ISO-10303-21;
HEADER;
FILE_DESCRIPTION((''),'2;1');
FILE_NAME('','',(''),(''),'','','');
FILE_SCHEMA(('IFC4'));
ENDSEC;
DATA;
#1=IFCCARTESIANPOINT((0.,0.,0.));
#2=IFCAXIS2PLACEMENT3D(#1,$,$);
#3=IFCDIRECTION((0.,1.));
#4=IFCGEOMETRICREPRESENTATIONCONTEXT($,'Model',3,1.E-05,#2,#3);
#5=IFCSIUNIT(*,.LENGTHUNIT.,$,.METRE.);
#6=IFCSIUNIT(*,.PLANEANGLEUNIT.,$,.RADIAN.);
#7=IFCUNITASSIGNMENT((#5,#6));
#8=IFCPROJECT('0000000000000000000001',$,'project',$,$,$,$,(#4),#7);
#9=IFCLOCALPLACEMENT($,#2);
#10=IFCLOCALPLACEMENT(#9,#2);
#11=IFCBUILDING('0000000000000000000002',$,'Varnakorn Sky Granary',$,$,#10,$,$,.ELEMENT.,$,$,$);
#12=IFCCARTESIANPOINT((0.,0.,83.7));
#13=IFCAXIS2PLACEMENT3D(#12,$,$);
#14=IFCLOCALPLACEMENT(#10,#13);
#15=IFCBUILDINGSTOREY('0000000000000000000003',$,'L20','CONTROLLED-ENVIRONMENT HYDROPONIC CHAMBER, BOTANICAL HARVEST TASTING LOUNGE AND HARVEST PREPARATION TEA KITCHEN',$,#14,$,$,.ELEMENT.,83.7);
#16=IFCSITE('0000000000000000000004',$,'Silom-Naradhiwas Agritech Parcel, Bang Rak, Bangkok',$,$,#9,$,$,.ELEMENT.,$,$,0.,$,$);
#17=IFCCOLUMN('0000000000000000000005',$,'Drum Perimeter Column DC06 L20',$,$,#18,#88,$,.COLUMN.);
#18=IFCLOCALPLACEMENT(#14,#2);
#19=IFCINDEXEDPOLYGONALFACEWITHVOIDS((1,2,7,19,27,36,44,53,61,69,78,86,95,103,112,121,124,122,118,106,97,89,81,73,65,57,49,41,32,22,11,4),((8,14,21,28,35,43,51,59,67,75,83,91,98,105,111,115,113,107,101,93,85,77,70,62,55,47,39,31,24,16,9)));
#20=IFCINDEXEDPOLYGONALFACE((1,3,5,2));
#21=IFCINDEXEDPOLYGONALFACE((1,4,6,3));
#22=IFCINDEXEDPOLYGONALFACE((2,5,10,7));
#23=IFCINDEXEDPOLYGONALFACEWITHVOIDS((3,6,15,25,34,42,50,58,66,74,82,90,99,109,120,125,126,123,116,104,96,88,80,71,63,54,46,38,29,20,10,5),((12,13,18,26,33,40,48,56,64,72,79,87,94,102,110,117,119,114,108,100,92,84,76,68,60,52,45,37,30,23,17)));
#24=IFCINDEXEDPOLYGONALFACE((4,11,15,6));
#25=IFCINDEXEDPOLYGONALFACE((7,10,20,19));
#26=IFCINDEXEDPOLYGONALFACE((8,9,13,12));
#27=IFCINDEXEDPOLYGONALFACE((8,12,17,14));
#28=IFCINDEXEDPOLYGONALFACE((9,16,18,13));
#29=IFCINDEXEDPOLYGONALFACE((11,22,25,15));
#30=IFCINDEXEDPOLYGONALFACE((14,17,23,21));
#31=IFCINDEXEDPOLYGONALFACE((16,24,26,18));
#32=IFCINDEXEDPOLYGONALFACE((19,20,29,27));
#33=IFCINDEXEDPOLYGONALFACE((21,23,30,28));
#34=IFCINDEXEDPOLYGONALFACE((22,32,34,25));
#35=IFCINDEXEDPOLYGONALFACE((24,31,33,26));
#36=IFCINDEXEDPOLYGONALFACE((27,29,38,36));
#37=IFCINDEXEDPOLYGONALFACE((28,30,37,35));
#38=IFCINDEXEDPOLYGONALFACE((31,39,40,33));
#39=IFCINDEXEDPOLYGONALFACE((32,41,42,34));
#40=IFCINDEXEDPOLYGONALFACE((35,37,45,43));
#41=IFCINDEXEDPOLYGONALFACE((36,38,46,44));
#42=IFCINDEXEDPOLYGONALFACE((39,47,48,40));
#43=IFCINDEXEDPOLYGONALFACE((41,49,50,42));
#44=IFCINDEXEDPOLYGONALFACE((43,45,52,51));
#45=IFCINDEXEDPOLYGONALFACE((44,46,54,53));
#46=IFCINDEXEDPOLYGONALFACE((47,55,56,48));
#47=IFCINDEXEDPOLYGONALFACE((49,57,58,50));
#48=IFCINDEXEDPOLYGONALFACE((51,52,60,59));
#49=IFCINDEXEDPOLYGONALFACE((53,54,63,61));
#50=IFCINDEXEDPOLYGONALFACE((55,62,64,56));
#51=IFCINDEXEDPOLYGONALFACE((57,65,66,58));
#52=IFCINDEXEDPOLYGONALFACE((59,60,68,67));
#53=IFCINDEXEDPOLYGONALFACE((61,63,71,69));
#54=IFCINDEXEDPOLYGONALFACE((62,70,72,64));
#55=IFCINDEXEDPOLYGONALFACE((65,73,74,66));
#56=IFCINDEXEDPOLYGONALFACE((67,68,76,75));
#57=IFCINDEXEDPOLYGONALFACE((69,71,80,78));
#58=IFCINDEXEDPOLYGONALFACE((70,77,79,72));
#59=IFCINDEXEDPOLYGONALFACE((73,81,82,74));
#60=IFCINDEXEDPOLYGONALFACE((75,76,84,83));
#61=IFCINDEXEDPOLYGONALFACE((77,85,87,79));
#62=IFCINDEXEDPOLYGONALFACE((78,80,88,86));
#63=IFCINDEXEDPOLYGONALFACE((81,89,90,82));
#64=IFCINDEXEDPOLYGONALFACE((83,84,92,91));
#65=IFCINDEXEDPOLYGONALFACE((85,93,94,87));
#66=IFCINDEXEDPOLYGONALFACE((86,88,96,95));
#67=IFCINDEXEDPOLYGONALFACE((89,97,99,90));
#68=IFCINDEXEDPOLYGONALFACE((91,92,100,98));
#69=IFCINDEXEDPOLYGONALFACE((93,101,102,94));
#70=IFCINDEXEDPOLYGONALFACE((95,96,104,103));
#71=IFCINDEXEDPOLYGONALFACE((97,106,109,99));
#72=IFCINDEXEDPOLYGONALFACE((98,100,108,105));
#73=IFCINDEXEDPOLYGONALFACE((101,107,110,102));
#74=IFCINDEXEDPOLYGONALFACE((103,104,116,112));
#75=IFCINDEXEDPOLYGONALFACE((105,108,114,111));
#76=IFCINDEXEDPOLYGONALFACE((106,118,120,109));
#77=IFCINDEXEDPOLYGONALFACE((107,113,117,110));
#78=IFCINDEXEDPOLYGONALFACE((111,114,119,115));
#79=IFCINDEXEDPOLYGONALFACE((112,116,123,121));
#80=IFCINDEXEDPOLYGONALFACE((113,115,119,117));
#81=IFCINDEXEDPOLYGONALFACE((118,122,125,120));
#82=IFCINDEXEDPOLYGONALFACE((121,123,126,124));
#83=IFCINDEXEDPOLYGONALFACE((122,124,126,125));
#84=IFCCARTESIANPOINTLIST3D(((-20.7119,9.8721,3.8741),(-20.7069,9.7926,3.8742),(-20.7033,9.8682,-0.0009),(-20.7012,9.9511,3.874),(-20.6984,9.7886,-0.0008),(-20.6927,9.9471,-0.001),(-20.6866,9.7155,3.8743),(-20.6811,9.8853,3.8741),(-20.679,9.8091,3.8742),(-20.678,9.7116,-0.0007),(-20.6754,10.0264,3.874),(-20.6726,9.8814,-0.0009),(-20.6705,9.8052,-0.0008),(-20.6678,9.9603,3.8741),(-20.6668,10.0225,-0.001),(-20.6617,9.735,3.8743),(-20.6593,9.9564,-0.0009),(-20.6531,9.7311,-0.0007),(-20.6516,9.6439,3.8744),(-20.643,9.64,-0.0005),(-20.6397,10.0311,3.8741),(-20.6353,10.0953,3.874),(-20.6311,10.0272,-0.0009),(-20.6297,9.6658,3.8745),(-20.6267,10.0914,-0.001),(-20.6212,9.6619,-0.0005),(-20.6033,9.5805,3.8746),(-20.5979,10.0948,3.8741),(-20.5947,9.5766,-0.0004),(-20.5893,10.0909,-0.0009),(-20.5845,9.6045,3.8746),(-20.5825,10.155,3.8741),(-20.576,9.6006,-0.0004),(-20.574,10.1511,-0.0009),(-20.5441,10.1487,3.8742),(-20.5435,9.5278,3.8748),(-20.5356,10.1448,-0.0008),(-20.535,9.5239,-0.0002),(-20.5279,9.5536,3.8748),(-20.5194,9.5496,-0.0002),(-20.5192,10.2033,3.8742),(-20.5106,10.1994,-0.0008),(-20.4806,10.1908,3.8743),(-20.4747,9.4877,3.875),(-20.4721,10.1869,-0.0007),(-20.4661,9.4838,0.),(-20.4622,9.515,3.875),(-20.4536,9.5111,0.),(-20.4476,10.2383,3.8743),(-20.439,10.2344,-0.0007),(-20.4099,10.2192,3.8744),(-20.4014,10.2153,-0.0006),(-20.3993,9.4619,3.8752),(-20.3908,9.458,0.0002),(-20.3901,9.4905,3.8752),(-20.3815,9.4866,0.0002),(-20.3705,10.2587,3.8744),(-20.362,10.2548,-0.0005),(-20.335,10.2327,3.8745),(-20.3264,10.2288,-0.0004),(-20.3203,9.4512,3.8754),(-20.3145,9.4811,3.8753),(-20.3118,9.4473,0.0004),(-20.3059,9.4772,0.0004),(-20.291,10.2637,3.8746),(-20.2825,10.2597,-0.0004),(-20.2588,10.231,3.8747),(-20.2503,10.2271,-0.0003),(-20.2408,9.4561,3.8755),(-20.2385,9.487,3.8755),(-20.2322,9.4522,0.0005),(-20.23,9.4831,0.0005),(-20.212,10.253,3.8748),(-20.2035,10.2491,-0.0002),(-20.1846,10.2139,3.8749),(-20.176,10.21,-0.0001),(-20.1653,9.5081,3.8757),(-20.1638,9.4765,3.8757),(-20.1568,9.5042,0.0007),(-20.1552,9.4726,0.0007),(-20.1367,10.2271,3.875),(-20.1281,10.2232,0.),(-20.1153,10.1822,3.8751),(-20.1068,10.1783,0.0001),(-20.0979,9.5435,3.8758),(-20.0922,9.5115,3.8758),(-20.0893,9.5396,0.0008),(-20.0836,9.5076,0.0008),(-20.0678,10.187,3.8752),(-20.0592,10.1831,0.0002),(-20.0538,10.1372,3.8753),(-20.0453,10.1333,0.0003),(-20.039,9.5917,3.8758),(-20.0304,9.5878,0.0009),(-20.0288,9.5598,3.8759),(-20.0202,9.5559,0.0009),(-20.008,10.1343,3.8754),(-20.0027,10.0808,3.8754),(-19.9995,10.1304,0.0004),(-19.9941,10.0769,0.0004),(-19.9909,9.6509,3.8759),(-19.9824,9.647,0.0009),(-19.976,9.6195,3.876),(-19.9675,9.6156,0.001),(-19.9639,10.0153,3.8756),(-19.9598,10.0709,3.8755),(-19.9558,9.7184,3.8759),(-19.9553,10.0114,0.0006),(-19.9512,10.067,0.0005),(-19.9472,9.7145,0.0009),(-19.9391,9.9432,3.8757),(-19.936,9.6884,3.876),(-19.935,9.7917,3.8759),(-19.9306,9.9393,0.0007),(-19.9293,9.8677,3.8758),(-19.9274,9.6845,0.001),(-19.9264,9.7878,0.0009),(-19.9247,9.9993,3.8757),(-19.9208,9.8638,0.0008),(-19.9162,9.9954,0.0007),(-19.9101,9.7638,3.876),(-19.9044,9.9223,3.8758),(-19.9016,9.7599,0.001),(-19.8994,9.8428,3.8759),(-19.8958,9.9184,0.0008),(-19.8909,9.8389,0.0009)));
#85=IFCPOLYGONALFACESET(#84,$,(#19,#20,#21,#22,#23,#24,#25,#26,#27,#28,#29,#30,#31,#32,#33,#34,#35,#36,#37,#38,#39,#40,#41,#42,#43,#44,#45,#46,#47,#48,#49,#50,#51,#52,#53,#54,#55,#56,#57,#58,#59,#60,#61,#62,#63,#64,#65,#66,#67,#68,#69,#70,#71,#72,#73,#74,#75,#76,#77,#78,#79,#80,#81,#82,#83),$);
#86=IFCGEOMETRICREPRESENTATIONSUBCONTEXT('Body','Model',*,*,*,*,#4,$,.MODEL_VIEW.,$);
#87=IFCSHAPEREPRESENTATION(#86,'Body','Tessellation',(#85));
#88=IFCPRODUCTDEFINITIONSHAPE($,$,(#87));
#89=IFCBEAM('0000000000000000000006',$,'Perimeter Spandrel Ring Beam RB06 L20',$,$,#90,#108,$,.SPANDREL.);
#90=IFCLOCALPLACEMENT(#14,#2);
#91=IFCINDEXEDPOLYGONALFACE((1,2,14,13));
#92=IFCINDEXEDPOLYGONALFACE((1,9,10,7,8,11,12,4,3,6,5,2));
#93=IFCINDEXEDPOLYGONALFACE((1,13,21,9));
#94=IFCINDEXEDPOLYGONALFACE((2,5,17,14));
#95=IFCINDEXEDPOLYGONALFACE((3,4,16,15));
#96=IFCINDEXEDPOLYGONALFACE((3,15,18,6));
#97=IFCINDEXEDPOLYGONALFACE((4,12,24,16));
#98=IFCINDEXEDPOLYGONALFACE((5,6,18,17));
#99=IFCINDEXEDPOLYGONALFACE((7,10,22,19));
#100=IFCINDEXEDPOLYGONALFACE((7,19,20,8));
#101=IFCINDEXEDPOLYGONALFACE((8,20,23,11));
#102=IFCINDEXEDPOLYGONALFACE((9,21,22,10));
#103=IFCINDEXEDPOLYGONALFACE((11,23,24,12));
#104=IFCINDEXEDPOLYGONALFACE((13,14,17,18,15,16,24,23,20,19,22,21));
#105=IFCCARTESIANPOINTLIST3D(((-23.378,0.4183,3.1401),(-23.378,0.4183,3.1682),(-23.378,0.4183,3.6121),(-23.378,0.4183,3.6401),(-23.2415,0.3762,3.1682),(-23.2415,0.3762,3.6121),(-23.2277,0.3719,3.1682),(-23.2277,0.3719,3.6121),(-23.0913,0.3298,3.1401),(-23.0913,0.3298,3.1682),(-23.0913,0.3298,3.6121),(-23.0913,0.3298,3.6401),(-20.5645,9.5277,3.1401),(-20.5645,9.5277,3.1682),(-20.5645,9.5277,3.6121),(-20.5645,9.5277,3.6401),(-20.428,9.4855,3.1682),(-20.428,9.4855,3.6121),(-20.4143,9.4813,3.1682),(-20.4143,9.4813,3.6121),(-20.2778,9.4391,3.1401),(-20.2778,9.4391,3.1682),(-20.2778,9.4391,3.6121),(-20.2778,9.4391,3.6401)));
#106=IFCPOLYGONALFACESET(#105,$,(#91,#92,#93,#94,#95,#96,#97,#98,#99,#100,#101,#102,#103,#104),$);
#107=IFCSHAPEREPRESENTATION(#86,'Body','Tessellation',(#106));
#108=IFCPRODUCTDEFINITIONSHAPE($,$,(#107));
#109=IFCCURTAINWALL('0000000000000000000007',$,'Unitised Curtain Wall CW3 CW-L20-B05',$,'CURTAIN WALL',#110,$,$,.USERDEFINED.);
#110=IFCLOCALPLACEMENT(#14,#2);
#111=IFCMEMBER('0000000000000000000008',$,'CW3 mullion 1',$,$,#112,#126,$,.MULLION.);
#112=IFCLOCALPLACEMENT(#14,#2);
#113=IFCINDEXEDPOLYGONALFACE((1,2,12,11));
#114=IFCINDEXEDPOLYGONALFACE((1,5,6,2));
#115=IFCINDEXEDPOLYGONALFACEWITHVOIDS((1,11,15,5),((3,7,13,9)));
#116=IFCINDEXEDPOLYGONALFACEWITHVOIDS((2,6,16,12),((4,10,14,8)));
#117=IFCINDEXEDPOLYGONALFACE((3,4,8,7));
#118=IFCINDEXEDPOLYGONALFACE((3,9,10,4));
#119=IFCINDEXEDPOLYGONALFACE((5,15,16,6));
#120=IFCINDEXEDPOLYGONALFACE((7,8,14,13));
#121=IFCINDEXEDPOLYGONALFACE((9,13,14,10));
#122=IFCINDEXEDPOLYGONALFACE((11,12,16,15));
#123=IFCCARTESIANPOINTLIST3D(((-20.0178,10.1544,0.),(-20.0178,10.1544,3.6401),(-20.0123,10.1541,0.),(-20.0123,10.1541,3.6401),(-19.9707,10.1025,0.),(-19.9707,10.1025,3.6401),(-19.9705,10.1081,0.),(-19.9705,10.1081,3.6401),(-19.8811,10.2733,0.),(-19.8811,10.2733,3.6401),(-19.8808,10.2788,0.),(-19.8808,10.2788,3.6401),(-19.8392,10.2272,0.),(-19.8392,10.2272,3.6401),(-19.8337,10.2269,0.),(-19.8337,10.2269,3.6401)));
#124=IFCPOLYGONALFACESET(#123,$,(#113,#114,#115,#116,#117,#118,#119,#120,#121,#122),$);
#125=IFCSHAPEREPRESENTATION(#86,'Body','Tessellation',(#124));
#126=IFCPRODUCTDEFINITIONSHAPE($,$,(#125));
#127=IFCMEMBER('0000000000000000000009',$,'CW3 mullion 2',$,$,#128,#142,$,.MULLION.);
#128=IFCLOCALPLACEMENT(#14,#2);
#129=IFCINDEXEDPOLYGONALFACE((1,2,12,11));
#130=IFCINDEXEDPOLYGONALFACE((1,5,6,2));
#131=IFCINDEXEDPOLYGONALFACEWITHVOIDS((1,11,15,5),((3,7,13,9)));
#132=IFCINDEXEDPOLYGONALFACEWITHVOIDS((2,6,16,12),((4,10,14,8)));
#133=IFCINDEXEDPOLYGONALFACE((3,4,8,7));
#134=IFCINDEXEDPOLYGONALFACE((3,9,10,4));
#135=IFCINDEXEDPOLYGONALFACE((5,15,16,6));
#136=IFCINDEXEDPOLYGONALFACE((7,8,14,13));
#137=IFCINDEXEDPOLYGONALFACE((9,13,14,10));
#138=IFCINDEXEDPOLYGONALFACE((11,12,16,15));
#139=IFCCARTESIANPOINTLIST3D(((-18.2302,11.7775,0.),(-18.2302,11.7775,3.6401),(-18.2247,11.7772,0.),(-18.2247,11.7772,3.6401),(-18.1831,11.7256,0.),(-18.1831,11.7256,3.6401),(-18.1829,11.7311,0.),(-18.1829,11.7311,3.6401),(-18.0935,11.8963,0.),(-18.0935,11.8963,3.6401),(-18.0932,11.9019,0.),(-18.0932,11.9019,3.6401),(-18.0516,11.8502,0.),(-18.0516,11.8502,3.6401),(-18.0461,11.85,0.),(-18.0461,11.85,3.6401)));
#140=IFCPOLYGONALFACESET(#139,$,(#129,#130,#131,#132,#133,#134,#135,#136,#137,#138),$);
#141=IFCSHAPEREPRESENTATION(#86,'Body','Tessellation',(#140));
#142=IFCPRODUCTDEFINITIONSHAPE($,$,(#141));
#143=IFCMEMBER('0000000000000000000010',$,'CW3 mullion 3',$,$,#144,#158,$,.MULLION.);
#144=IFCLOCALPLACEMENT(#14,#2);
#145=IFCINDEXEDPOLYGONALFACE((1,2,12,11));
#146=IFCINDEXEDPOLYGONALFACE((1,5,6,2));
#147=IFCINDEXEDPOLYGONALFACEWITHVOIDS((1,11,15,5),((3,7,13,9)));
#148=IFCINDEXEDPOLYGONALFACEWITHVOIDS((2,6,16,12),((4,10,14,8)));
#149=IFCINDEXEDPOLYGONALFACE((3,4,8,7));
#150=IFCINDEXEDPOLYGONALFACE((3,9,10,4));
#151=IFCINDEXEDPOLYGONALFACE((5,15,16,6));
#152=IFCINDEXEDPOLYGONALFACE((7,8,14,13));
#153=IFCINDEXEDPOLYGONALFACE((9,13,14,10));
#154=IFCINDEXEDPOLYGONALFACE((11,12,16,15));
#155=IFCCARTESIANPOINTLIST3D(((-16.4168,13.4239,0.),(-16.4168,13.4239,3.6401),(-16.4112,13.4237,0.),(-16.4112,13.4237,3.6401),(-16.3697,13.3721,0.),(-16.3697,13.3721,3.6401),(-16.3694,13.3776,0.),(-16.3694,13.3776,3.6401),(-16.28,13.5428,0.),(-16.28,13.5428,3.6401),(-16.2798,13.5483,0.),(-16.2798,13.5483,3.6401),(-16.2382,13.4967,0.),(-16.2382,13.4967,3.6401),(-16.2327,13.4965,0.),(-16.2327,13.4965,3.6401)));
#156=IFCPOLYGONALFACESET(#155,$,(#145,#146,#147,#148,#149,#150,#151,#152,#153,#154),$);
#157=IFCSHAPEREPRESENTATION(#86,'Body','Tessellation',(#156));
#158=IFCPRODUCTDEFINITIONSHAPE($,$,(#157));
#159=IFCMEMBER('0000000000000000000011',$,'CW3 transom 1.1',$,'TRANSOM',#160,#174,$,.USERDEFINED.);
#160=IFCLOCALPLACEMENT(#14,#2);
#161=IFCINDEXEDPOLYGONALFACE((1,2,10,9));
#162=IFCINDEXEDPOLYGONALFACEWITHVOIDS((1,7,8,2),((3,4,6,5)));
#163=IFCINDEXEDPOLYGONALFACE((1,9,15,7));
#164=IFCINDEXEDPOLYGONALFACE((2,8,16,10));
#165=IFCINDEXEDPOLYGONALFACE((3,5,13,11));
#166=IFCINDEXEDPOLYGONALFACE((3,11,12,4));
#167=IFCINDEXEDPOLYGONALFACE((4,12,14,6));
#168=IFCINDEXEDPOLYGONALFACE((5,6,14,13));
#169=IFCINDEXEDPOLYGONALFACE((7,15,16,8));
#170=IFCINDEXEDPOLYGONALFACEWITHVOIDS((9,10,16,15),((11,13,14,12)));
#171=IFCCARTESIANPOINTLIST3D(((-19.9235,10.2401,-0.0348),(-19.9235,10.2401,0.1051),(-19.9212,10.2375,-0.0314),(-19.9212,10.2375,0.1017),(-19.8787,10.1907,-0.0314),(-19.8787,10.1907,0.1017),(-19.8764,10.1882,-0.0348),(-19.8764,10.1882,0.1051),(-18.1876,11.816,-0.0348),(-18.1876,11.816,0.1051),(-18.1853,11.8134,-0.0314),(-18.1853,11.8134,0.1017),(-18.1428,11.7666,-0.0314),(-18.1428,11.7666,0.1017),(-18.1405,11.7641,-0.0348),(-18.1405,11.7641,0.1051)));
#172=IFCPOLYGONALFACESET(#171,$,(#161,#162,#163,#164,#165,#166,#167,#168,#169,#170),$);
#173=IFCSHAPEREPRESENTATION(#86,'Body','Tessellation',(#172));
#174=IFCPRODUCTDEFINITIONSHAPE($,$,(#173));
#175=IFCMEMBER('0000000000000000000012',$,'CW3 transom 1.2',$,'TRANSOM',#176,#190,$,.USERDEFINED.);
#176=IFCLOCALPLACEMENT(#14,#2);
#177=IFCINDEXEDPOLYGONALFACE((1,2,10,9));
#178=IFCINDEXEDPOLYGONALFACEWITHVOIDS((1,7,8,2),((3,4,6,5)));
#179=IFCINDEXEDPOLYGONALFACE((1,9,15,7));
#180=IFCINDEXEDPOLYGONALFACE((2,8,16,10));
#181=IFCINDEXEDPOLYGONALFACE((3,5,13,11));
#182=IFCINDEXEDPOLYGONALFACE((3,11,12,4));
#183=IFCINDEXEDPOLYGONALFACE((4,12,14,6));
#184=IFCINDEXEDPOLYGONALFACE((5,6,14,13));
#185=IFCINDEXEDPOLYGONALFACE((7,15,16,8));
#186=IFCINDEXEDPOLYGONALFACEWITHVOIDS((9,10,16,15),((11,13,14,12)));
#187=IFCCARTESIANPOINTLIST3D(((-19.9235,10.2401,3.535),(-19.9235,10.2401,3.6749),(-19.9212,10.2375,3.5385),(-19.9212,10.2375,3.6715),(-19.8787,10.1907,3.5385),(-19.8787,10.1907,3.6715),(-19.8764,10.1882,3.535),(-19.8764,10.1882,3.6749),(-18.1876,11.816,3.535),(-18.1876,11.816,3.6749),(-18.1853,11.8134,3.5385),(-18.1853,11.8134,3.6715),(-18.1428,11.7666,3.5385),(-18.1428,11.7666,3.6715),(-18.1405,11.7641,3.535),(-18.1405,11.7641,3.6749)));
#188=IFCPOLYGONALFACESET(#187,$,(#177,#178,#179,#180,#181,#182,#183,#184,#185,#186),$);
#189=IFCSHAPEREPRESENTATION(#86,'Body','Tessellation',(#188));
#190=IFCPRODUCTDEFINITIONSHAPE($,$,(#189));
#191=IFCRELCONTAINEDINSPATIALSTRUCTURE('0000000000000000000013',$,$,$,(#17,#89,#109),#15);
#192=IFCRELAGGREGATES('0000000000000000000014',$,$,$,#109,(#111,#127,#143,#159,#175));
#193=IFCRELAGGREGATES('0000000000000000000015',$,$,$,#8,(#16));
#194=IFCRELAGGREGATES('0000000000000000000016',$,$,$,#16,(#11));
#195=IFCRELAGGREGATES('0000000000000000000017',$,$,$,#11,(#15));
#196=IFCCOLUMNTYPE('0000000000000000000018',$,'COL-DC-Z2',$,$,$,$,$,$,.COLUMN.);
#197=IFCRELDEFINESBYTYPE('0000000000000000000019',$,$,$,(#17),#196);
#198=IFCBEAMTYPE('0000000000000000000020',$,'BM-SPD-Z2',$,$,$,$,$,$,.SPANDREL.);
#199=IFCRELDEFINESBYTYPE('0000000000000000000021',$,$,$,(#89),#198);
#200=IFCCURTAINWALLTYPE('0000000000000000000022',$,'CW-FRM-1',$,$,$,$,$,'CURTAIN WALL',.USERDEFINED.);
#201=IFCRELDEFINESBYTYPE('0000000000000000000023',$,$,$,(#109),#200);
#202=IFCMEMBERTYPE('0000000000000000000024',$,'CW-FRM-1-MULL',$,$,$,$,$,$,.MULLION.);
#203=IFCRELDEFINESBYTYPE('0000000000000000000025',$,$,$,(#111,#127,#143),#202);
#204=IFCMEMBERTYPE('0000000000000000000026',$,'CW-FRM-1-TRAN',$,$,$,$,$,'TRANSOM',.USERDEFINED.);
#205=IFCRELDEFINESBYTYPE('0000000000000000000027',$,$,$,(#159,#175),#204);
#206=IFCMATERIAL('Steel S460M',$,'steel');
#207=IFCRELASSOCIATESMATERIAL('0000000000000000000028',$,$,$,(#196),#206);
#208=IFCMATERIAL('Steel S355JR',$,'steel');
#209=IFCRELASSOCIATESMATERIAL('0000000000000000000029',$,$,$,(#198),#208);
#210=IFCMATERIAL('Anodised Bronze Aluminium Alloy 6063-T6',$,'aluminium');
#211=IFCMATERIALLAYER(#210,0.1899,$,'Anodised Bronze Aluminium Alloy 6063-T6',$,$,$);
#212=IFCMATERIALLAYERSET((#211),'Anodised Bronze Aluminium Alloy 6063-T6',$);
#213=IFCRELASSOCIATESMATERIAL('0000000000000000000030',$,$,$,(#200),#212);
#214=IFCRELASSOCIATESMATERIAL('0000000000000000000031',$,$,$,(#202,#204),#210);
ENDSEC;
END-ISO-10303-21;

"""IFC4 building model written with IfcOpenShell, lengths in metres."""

from ifc_helpers import new_model, si_unit, direction, frame, origin, origin_2d, place, context, subcontext, project, spatial, hollow_rectangle, hollow_circle, i_section, extrude, material, layer, layer_set, material_profile, profile_set, type_object, element, aggregate, save


model = new_model("IFC4")

# Units and contexts
model_context = context("Model", 3, precision=1e-05, world=origin(), true_north=direction((0.0, 1.0)))
body_context = subcontext(model_context, "Body", "Model", "MODEL_VIEW")
ifc_project = project(units=[si_unit("LENGTHUNIT", "METRE"), si_unit("PLANEANGLEUNIT", "RADIAN")], contexts=[model_context])

# Site, building, storey
site_placement = place(None, origin())
site = spatial("IfcSite", under=ifc_project, at=site_placement, Name="Silom-Naradhiwas Agritech Parcel, Bang Rak, Bangkok", CompositionType="ELEMENT", RefElevation=0.0)
building_placement = place(site_placement, origin())
building = spatial("IfcBuilding", under=site, at=building_placement, Name="Varnakorn Sky Granary", CompositionType="ELEMENT")
storey_placement = place(building_placement, frame((0.0, 0.0, 83.7)))
storey = spatial("IfcBuildingStorey", under=building, at=storey_placement, Name="L20", Description="CONTROLLED-ENVIRONMENT HYDROPONIC CHAMBER, BOTANICAL HARVEST TASTING LOUNGE AND HARVEST PREPARATION TEA KITCHEN", CompositionType="ELEMENT", Elevation=83.7)

# Column
ifc_material_1 = material(Name="Steel S460M", Category="steel")
ifc_material_profile_1 = material_profile(ifc_material_1, hollow_circle(Radius=0.4065, WallThickness=0.03, at=origin_2d()), Name="CHS 813x30")
ifc_profile_set_1 = profile_set([ifc_material_profile_1], Name="Steel S460M")
column_type = type_object("IfcColumnType", Name="COL-DC-Z2", PredefinedType="COLUMN", material=ifc_profile_set_1)
column_placement = place(storey_placement, frame((-20.2971, 9.8535, 0.0), z_axis=(-0.002205, 0.001008, 0.999997), x_axis=(-0.41576, -0.909474, 0.0)))
element("IfcColumn", 1, at=column_placement, inside=storey, type_object=column_type, Name="Drum Perimeter Column DC06 L20", PredefinedType="COLUMN", context=body_context, shape_type="SweptSolid", body=[
    extrude(hollow_circle(Radius=0.4065, WallThickness=0.03, at=origin_2d()), origin(), (0.0, 0.0, 1.0), 3.875),
])

# Beam
ifc_material_2 = material(Name="Steel S355JR", Category="steel")
ifc_material_profile_2 = material_profile(ifc_material_2, i_section(OverallWidth=0.3, OverallDepth=0.5, WebThickness=0.0144, FlangeThickness=0.0281, at=origin_2d()), Name="HE 500 B")
ifc_profile_set_2 = profile_set([ifc_material_profile_2], Name="Steel S355JR")
beam_type = type_object("IfcBeamType", Name="BM-SPD-Z2", PredefinedType="SPANDREL", material=ifc_profile_set_2)
beam_placement = place(storey_placement, frame((-20.4211, 9.4834, 3.3901), z_axis=(-0.295101, -0.955466, 0.0), x_axis=(0.955466, -0.295101, 0.0)))
element("IfcBeam", 2, at=beam_placement, inside=storey, type_object=beam_type, Name="Perimeter Spandrel Ring Beam RB06 L20", PredefinedType="SPANDREL", context=body_context, shape_type="SweptSolid", body=[
    extrude(i_section(OverallWidth=0.3, OverallDepth=0.5, WebThickness=0.0144, FlangeThickness=0.0281, at=origin_2d()), origin(), (0.0, 0.0, 1.0), 9.5339),
])

# Curtain wall, members
ifc_material_3 = material(Name="Anodised Bronze Aluminium Alloy 6063-T6", Category="aluminium")
ifc_layer_1 = layer(ifc_material_3, 0.1899, Name="Anodised Bronze Aluminium Alloy 6063-T6")
ifc_layer_set_1 = layer_set([ifc_layer_1], Name="Anodised Bronze Aluminium Alloy 6063-T6")
curtain_wall_type = type_object("IfcCurtainWallType", Name="CW-FRM-1", ElementType="CURTAIN WALL", PredefinedType="USERDEFINED", material=ifc_layer_set_1)
curtain_wall_placement = place(storey_placement, origin())
curtain_wall = element("IfcCurtainWall", 3, at=curtain_wall_placement, inside=storey, type_object=curtain_wall_type, Name="Unitised Curtain Wall CW3 CW-L20-B05", ObjectType="CURTAIN WALL", PredefinedType="USERDEFINED")
ifc_material_profile_3 = material_profile(ifc_material_3, hollow_rectangle(XDim=0.0701, YDim=0.1851, WallThickness=0.0039, at=origin_2d()), Name="ALU MULL 70x185")
ifc_profile_set_3 = profile_set([ifc_material_profile_3], Name="Anodised Bronze Aluminium Alloy 6063-T6")
member_type_1 = type_object("IfcMemberType", Name="CW-FRM-1-MULL", PredefinedType="MULLION", material=ifc_profile_set_3)
member_1_placement = place(storey_placement, frame((-19.9258, 10.1907, 0.0), z_axis=(0.0, 0.0, 1.0), x_axis=(-0.672211, 0.74036, 0.0)))
member_1 = element("IfcMember", 4, at=member_1_placement, type_object=member_type_1, Name="CW3 mullion 1", PredefinedType="MULLION", context=body_context, shape_type="SweptSolid", body=[
    extrude(hollow_rectangle(XDim=0.0701, YDim=0.1851, WallThickness=0.0039, at=origin_2d()), origin(), (0.0, 0.0, 1.0), 3.6401),
])
member_2_placement = place(storey_placement, frame((-18.1382, 11.8137, 0.0), z_axis=(0.0, 0.0, 1.0), x_axis=(-0.672211, 0.74036, 0.0)))
member_2 = element("IfcMember", 5, at=member_2_placement, type_object=member_type_1, Name="CW3 mullion 2", PredefinedType="MULLION", context=body_context, shape_type="SweptSolid", body=[
    extrude(hollow_rectangle(XDim=0.0701, YDim=0.1851, WallThickness=0.0039, at=origin_2d()), origin(), (0.0, 0.0, 1.0), 3.6401),
])
member_3_placement = place(storey_placement, frame((-16.3247, 13.4602, 0.0), z_axis=(0.0, 0.0, 1.0), x_axis=(-0.672211, 0.74036, 0.0)))
member_3 = element("IfcMember", 6, at=member_3_placement, type_object=member_type_1, Name="CW3 mullion 3", PredefinedType="MULLION", context=body_context, shape_type="SweptSolid", body=[
    extrude(hollow_rectangle(XDim=0.0701, YDim=0.1851, WallThickness=0.0039, at=origin_2d()), origin(), (0.0, 0.0, 1.0), 3.6401),
])
ifc_material_profile_4 = material_profile(ifc_material_3, hollow_rectangle(XDim=0.0701, YDim=0.1399, WallThickness=0.0034, at=origin_2d()), Name="ALU TRAN 70x140")
ifc_profile_set_4 = profile_set([ifc_material_profile_4], Name="Anodised Bronze Aluminium Alloy 6063-T6")
member_type_2 = type_object("IfcMemberType", Name="CW-FRM-1-TRAN", ElementType="TRANSOM", PredefinedType="USERDEFINED", material=ifc_profile_set_4)
member_4_placement = place(storey_placement, frame((-19.8999, 10.2141, 0.0352), z_axis=(0.740388, 0.67218, 0.0), x_axis=(-0.67218, 0.740388, 0.0)))
member_4 = element("IfcMember", 7, at=member_4_placement, type_object=member_type_2, Name="CW3 transom 1.1", ObjectType="TRANSOM", PredefinedType="USERDEFINED", context=body_context, shape_type="SweptSolid", body=[
    extrude(hollow_rectangle(XDim=0.0701, YDim=0.1399, WallThickness=0.0034, at=origin_2d()), origin(), (0.0, 0.0, 1.0), 2.3445),
])
member_5_placement = place(storey_placement, frame((-19.8999, 10.2141, 3.605), z_axis=(0.740388, 0.67218, 0.0), x_axis=(-0.67218, 0.740388, 0.0)))
member_5 = element("IfcMember", 8, at=member_5_placement, type_object=member_type_2, Name="CW3 transom 1.2", ObjectType="TRANSOM", PredefinedType="USERDEFINED", context=body_context, shape_type="SweptSolid", body=[
    extrude(hollow_rectangle(XDim=0.0701, YDim=0.1399, WallThickness=0.0034, at=origin_2d()), origin(), (0.0, 0.0, 1.0), 2.3445),
])

aggregate(curtain_wall, [member_1, member_2, member_3, member_4, member_5])

save(model, "model.ifc")
